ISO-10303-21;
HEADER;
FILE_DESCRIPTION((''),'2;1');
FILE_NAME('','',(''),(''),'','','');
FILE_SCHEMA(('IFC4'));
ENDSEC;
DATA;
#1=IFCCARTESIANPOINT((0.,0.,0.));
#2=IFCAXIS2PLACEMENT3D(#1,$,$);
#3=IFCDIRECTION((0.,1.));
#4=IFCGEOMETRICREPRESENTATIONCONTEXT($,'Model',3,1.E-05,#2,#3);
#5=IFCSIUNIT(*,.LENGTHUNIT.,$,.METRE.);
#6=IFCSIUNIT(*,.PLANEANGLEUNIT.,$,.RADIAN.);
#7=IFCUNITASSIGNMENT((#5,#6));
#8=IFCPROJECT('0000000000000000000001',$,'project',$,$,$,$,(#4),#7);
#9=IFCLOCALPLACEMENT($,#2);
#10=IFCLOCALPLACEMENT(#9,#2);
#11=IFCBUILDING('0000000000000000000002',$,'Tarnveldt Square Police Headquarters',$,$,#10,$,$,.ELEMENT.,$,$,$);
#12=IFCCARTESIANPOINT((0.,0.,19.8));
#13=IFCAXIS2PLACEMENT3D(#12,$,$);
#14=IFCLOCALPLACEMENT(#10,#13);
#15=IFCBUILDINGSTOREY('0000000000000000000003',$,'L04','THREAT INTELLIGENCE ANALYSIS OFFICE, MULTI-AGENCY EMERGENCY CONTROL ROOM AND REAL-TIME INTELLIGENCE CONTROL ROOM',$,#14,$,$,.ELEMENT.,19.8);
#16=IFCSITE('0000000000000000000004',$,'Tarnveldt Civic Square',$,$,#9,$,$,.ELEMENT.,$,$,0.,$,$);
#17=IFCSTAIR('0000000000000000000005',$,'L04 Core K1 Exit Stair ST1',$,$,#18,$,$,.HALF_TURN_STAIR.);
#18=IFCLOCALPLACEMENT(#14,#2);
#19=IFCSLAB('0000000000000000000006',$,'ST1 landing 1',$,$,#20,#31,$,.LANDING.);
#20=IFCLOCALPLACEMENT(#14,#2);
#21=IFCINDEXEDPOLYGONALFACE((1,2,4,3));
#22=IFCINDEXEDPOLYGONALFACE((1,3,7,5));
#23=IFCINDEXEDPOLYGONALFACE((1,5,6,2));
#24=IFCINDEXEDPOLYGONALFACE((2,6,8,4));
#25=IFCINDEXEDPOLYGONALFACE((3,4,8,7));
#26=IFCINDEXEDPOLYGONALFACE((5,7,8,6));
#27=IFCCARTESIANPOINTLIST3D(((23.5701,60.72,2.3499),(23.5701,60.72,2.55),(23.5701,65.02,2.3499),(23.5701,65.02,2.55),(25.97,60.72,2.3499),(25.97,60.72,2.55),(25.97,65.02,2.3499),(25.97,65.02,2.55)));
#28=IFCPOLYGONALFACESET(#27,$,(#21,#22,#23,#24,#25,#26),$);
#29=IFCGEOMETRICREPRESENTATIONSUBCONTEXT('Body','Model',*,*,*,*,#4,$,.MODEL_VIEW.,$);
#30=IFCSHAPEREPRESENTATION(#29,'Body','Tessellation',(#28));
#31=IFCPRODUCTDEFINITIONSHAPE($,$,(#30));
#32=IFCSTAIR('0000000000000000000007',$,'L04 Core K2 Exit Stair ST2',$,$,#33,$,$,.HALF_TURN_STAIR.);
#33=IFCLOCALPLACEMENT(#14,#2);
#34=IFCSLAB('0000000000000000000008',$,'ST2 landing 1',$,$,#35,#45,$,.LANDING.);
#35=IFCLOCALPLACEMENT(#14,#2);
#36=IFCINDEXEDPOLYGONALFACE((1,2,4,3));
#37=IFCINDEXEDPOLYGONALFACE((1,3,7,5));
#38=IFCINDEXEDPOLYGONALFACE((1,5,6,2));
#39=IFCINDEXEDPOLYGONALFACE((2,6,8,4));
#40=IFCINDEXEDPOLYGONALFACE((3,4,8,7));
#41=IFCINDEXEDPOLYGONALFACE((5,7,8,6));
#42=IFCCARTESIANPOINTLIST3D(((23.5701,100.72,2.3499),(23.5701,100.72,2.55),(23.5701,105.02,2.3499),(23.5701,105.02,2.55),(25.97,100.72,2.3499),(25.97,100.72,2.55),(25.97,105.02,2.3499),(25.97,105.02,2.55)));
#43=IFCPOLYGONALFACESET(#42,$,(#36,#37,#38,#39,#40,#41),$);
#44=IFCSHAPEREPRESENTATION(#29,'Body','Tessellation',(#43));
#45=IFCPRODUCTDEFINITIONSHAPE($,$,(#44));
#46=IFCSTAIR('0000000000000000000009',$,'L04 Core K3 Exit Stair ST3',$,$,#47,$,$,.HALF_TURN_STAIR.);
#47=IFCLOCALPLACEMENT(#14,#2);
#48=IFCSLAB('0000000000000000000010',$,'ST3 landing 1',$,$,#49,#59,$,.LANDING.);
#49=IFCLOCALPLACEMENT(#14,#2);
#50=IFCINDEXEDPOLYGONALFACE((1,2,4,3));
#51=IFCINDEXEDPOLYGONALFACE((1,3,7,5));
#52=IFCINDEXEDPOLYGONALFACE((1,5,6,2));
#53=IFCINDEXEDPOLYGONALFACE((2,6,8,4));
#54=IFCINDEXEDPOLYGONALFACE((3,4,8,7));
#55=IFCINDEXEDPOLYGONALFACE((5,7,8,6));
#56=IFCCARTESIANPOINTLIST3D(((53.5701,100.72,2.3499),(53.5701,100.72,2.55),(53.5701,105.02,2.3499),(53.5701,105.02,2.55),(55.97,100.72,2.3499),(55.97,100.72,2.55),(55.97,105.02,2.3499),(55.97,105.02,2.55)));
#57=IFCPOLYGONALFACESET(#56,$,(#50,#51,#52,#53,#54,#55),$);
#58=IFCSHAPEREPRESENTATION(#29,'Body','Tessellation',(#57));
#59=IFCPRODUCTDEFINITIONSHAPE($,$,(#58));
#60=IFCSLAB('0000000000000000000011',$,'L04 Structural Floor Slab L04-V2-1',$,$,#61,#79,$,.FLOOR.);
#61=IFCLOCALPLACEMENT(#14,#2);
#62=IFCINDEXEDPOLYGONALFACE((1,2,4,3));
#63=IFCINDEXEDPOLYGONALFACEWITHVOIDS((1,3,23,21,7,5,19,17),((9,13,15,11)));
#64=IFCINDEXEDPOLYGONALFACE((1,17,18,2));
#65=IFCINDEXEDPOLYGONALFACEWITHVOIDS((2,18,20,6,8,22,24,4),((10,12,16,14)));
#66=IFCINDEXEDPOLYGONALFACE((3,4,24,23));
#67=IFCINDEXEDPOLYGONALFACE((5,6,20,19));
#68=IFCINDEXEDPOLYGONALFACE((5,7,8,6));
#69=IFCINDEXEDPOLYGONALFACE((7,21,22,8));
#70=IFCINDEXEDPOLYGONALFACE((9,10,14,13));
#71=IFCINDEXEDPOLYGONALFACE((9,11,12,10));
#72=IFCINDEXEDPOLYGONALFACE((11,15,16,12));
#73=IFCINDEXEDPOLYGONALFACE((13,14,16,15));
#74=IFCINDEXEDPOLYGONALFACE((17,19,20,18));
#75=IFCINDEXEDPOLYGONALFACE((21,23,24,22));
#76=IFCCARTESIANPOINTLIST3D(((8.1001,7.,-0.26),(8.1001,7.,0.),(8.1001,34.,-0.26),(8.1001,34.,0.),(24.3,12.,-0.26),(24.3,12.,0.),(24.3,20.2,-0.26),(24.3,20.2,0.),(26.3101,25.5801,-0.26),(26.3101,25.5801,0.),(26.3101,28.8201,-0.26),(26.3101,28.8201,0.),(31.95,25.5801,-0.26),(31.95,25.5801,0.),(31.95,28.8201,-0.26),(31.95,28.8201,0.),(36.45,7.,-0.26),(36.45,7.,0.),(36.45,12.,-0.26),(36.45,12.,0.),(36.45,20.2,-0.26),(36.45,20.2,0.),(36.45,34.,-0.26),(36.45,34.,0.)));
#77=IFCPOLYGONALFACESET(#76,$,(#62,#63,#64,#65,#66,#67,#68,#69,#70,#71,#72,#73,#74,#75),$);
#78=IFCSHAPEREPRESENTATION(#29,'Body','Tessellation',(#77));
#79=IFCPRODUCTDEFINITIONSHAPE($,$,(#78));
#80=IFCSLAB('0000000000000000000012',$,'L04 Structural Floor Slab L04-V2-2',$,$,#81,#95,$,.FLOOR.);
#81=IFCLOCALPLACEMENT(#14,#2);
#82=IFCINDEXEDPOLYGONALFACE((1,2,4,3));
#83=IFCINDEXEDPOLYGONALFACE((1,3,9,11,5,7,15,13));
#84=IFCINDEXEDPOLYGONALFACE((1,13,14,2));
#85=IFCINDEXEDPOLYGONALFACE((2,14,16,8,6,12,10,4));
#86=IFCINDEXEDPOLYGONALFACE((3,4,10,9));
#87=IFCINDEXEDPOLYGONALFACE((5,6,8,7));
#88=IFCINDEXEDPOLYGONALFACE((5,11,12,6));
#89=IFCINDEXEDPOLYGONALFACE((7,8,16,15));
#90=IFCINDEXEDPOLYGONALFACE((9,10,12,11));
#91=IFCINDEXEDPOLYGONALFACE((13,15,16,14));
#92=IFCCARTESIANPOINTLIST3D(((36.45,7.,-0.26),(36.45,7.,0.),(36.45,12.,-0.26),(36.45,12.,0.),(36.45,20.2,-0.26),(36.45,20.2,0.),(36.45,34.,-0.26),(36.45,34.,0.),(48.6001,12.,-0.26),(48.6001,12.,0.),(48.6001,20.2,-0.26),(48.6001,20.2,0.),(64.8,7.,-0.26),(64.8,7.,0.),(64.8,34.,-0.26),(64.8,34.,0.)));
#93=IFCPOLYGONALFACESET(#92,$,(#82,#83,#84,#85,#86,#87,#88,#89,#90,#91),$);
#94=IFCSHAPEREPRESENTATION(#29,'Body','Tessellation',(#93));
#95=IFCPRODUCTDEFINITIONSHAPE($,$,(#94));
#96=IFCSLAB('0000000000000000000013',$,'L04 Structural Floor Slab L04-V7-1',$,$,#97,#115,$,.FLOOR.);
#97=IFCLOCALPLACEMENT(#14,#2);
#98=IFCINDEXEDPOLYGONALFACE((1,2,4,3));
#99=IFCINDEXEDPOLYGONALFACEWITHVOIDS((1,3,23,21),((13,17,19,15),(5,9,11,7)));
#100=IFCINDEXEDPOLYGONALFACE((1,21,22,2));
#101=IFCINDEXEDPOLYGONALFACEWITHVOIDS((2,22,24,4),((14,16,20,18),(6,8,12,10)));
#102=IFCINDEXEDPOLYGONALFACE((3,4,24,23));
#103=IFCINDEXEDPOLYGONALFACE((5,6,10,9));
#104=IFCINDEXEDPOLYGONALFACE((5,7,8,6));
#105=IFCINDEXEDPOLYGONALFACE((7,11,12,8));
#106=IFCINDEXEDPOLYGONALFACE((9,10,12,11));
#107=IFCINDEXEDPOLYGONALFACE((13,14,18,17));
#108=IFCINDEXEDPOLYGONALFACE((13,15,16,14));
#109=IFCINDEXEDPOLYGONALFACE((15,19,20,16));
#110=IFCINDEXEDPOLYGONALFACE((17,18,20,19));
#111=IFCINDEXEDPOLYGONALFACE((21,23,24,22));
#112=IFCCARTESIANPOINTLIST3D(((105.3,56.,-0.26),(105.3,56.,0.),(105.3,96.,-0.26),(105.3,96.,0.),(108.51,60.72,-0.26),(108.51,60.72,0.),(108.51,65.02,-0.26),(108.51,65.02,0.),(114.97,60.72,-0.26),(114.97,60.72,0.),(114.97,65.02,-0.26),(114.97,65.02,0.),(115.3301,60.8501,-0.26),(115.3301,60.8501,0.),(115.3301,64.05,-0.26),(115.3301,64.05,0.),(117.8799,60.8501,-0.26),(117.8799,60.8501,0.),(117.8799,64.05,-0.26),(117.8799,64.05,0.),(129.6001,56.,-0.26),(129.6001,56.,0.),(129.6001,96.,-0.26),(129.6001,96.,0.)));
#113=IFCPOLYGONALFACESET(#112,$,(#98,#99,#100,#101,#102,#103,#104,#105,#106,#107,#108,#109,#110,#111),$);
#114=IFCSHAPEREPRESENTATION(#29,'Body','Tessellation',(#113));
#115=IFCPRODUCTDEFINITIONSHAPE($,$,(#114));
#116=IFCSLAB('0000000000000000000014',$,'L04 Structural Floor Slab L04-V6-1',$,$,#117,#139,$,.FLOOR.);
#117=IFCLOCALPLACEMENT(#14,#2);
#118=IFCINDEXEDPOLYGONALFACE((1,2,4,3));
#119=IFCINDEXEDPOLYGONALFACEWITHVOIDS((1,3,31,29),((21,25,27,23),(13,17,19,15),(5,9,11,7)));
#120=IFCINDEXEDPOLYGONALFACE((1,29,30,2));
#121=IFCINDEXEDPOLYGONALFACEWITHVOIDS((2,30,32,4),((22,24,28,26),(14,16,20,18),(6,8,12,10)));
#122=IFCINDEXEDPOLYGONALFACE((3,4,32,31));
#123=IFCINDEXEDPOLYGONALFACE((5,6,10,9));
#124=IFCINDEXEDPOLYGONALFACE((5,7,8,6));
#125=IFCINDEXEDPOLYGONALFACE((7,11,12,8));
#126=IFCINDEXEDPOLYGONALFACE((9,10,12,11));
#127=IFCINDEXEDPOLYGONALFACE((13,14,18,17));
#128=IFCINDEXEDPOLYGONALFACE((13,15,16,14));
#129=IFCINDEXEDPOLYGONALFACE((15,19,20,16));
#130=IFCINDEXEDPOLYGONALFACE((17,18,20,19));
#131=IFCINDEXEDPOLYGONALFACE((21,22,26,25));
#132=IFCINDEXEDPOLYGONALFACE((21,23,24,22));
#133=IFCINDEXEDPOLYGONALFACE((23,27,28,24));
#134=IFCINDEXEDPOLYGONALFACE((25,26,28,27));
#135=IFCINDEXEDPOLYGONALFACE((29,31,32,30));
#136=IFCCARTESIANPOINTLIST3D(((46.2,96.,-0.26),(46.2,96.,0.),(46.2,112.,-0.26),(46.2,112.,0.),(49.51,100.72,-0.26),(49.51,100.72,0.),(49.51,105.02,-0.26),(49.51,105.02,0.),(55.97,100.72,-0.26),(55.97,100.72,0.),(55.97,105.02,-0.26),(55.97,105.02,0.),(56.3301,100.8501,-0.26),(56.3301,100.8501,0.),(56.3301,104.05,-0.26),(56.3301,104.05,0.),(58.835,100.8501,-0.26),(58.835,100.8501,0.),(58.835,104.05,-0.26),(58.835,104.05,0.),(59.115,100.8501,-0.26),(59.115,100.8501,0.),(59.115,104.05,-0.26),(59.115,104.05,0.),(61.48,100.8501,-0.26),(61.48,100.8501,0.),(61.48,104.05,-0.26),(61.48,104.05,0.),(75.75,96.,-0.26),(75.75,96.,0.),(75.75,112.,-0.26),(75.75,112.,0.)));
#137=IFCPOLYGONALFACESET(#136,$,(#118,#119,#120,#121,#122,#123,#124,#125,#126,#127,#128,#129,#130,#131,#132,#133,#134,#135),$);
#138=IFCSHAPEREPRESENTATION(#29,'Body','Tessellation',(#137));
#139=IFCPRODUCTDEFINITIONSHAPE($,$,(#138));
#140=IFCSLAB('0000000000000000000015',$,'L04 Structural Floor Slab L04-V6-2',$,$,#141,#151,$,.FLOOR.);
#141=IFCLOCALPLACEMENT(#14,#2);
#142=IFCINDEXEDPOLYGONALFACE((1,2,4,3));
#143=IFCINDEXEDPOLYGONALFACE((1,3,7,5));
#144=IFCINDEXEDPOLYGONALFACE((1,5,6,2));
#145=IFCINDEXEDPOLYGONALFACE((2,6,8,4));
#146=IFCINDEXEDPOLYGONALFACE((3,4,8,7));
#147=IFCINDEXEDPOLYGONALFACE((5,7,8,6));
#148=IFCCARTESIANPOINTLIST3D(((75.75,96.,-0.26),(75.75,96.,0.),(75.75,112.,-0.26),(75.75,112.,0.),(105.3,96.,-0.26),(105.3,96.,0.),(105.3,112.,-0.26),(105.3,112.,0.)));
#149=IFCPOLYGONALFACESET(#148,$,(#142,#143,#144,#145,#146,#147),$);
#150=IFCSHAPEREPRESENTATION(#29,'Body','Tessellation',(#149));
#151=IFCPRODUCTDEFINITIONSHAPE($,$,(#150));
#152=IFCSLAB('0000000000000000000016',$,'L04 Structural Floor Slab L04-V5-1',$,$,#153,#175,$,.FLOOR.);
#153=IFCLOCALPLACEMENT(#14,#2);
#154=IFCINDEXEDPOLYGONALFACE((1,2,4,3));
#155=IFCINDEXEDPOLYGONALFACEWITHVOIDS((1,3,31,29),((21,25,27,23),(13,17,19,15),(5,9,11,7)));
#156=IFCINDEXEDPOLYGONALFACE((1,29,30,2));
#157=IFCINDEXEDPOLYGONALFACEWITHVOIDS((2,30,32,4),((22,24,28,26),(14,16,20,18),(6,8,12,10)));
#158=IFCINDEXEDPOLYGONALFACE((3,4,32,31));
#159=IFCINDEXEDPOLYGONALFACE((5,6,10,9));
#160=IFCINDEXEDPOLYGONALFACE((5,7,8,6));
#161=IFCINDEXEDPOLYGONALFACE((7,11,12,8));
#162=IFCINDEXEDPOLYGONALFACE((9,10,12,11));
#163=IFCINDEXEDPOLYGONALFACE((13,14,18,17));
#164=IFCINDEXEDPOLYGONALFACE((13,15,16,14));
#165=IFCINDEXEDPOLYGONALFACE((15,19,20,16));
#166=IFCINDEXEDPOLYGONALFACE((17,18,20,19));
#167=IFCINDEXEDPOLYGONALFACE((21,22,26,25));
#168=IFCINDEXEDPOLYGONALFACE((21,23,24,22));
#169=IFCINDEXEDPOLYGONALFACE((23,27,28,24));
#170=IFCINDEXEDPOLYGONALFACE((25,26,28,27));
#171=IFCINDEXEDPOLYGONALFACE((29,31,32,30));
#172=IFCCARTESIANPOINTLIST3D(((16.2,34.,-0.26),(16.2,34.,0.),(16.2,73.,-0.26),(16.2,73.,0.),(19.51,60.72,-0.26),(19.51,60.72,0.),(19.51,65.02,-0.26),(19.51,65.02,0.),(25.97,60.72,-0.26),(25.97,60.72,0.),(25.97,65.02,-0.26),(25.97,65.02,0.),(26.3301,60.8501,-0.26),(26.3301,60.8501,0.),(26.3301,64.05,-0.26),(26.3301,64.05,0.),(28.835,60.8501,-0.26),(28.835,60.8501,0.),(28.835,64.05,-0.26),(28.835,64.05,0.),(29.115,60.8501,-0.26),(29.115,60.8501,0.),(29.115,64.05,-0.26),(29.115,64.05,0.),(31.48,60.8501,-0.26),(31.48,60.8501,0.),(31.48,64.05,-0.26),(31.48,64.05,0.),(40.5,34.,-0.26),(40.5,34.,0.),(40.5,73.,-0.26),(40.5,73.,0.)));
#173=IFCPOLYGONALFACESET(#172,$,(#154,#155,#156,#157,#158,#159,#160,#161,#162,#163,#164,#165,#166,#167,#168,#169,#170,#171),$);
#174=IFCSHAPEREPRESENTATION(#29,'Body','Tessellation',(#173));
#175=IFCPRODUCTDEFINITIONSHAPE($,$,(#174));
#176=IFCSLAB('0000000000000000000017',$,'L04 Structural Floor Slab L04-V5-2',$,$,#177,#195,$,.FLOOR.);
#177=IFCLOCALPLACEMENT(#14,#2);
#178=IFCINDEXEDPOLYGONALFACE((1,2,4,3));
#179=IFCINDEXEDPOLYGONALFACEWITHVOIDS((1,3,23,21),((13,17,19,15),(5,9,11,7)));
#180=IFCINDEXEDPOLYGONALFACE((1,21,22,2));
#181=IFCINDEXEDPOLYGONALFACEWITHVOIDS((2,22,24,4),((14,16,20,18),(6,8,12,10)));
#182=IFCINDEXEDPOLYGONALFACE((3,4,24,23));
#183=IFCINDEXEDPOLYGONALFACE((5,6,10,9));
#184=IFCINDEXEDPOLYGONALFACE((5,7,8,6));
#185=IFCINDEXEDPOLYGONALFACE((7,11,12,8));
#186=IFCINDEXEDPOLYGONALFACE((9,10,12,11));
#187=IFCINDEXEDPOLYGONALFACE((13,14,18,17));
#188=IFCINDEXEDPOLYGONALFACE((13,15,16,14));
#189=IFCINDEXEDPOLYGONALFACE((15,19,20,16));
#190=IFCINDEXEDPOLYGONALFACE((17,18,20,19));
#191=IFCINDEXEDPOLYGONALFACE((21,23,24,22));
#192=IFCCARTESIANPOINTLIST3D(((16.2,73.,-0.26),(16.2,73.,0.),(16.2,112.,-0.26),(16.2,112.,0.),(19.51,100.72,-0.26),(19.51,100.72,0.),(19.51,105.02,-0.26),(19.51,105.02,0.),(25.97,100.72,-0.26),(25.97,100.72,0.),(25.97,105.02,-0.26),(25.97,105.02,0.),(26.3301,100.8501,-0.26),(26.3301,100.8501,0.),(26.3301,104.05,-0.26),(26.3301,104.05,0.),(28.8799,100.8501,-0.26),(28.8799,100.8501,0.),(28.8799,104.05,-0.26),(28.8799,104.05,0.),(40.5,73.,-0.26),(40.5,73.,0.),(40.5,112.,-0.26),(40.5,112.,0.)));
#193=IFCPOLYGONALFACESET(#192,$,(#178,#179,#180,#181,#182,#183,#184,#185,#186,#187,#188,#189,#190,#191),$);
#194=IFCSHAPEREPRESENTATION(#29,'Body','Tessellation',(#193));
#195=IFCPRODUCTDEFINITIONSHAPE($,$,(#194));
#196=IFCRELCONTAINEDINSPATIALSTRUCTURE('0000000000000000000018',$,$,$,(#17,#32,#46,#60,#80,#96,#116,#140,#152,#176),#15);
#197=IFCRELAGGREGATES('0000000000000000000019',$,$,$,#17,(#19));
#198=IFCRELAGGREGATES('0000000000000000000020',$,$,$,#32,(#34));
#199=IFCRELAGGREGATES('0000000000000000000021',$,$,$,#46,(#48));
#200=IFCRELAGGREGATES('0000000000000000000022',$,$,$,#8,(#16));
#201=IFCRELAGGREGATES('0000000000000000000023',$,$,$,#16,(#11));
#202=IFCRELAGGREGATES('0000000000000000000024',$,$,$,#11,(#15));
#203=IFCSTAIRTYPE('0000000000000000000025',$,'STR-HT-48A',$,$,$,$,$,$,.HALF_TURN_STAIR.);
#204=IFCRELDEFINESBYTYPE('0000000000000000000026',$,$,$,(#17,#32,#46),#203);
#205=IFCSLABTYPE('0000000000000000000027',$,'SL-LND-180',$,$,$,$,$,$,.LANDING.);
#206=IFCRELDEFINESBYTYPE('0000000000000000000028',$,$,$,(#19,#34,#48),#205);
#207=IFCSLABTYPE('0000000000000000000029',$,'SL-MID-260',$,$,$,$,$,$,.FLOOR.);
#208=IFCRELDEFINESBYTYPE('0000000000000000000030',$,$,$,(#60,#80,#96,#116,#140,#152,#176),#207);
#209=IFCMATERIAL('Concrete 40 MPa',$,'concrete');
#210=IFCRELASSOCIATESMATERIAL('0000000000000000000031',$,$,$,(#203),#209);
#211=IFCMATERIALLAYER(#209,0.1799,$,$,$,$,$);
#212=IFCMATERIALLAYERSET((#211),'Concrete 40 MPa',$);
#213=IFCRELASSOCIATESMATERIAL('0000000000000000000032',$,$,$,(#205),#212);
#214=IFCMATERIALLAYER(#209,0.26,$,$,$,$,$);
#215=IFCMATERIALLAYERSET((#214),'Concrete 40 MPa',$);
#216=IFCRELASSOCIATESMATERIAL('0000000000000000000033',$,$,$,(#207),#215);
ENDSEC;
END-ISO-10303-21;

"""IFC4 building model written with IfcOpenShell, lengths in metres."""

from ifc_helpers import new_model, si_unit, direction, frame, origin, place, context, subcontext, project, spatial, polyline, outline, extrude, material, layer, layer_set, type_object, element, aggregate, save


model = new_model("IFC4")

# Units and contexts
model_context = context("Model", 3, precision=1e-05, world=origin(), true_north=direction((0.0, 1.0)))
body_context = subcontext(model_context, "Body", "Model", "MODEL_VIEW")
ifc_project = project(units=[si_unit("LENGTHUNIT", "METRE"), si_unit("PLANEANGLEUNIT", "RADIAN")], contexts=[model_context])

# Site, building, storey
site_placement = place(None, origin())
site = spatial("IfcSite", under=ifc_project, at=site_placement, Name="Tarnveldt Civic Square", CompositionType="ELEMENT", RefElevation=0.0)
building_placement = place(site_placement, origin())
building = spatial("IfcBuilding", under=site, at=building_placement, Name="Tarnveldt Square Police Headquarters", CompositionType="ELEMENT")
storey_placement = place(building_placement, frame((0.0, 0.0, 19.8)))
storey = spatial("IfcBuildingStorey", under=building, at=storey_placement, Name="L04", Description="THREAT INTELLIGENCE ANALYSIS OFFICE, MULTI-AGENCY EMERGENCY CONTROL ROOM AND REAL-TIME INTELLIGENCE CONTROL ROOM", CompositionType="ELEMENT", Elevation=19.8)

# Stairs, slabs
ifc_material_1 = material(Name="Concrete 40 MPa", Category="concrete")
stair_type = type_object("IfcStairType", Name="STR-HT-48A", PredefinedType="HALF_TURN_STAIR", material=ifc_material_1)
stair_1_placement = place(storey_placement, origin())
stair_1 = element("IfcStair", 1, at=stair_1_placement, inside=storey, type_object=stair_type, Name="L04 Core K1 Exit Stair ST1", PredefinedType="HALF_TURN_STAIR")
ifc_layer_1 = layer(ifc_material_1, 0.1799)
ifc_layer_set_1 = layer_set([ifc_layer_1], Name="Concrete 40 MPa")
slab_type_1 = type_object("IfcSlabType", Name="SL-LND-180", PredefinedType="LANDING", material=ifc_layer_set_1)
slab_1_placement = place(storey_placement, frame((0.0, 0.0, 2.3499)))
slab_1 = element("IfcSlab", 2, at=slab_1_placement, type_object=slab_type_1, Name="ST1 landing 1", PredefinedType="LANDING", context=body_context, shape_type="SweptSolid", body=[
    extrude(outline(polyline([(23.5701, 60.72), (25.97, 60.72), (25.97, 65.02), (23.5701, 65.02), (23.5701, 60.72)])), origin(), (0.0, 0.0, 1.0), 0.2002),
])
aggregate(stair_1, [slab_1])
stair_2_placement = place(storey_placement, origin())
stair_2 = element("IfcStair", 3, at=stair_2_placement, inside=storey, type_object=stair_type, Name="L04 Core K2 Exit Stair ST2", PredefinedType="HALF_TURN_STAIR")
slab_2_placement = place(storey_placement, frame((0.0, 0.0, 2.3499)))
slab_2 = element("IfcSlab", 4, at=slab_2_placement, type_object=slab_type_1, Name="ST2 landing 1", PredefinedType="LANDING", context=body_context, shape_type="SweptSolid", body=[
    extrude(outline(polyline([(23.5701, 100.72), (25.97, 100.72), (25.97, 105.02), (23.5701, 105.02), (23.5701, 100.72)])), origin(), (0.0, 0.0, 1.0), 0.2002),
])
aggregate(stair_2, [slab_2])
stair_3_placement = place(storey_placement, origin())
stair_3 = element("IfcStair", 5, at=stair_3_placement, inside=storey, type_object=stair_type, Name="L04 Core K3 Exit Stair ST3", PredefinedType="HALF_TURN_STAIR")
slab_3_placement = place(storey_placement, frame((0.0, 0.0, 2.3499)))
slab_3 = element("IfcSlab", 6, at=slab_3_placement, type_object=slab_type_1, Name="ST3 landing 1", PredefinedType="LANDING", context=body_context, shape_type="SweptSolid", body=[
    extrude(outline(polyline([(53.5701, 100.72), (55.97, 100.72), (55.97, 105.02), (53.5701, 105.02), (53.5701, 100.72)])), origin(), (0.0, 0.0, 1.0), 0.2002),
])
aggregate(stair_3, [slab_3])

# Slabs
ifc_layer_2 = layer(ifc_material_1, 0.26)
ifc_layer_set_2 = layer_set([ifc_layer_2], Name="Concrete 40 MPa")
slab_type_2 = type_object("IfcSlabType", Name="SL-MID-260", PredefinedType="FLOOR", material=ifc_layer_set_2)
slab_4_placement = place(storey_placement, frame((0.0, 0.0, -0.26)))
element("IfcSlab", 7, at=slab_4_placement, inside=storey, type_object=slab_type_2, Name="L04 Structural Floor Slab L04-V2-1", PredefinedType="FLOOR", context=body_context, shape_type="SweptSolid", body=[
    extrude(outline(polyline([(36.45, 34.0), (36.45, 20.2), (24.3, 20.2), (24.3, 12.0), (36.45, 12.0), (36.45, 7.0), (8.1001, 7.0), (8.1001, 34.0), (36.45, 34.0)]), holes=[polyline([(26.3101, 25.5801), (31.95, 25.5801), (31.95, 28.8201), (26.3101, 28.8201), (26.3101, 25.5801)])]), origin(), (0.0, 0.0, 1.0), 0.26),
])
slab_5_placement = place(storey_placement, frame((0.0, 0.0, -0.26)))
element("IfcSlab", 8, at=slab_5_placement, inside=storey, type_object=slab_type_2, Name="L04 Structural Floor Slab L04-V2-2", PredefinedType="FLOOR", context=body_context, shape_type="SweptSolid", body=[
    extrude(outline(polyline([(64.8, 34.0), (64.8, 7.0), (36.45, 7.0), (36.45, 12.0), (48.6001, 12.0), (48.6001, 20.2), (36.45, 20.2), (36.45, 34.0), (64.8, 34.0)])), origin(), (0.0, 0.0, 1.0), 0.26),
])
slab_6_placement = place(storey_placement, frame((0.0, 0.0, -0.26)))
element("IfcSlab", 9, at=slab_6_placement, inside=storey, type_object=slab_type_2, Name="L04 Structural Floor Slab L04-V7-1", PredefinedType="FLOOR", context=body_context, shape_type="SweptSolid", body=[
    extrude(outline(polyline([(129.6001, 96.0), (129.6001, 56.0), (105.3, 56.0), (105.3, 96.0), (129.6001, 96.0)]), holes=[polyline([(115.3301, 64.05), (115.3301, 60.8501), (117.8799, 60.8501), (117.8799, 64.05), (115.3301, 64.05)]), polyline([(108.51, 65.02), (108.51, 60.72), (114.97, 60.72), (114.97, 65.02), (108.51, 65.02)])]), origin(), (0.0, 0.0, 1.0), 0.26),
])
slab_7_placement = place(storey_placement, frame((0.0, 0.0, -0.26)))
element("IfcSlab", 10, at=slab_7_placement, inside=storey, type_object=slab_type_2, Name="L04 Structural Floor Slab L04-V6-1", PredefinedType="FLOOR", context=body_context, shape_type="SweptSolid", body=[
    extrude(outline(polyline([(75.75, 112.0), (75.75, 96.0), (46.2, 96.0), (46.2, 112.0), (75.75, 112.0)]), holes=[polyline([(56.3301, 100.8501), (58.835, 100.8501), (58.835, 104.05), (56.3301, 104.05), (56.3301, 100.8501)]), polyline([(59.115, 104.05), (59.115, 100.8501), (61.48, 100.8501), (61.48, 104.05), (59.115, 104.05)]), polyline([(49.51, 105.02), (49.51, 100.72), (55.97, 100.72), (55.97, 105.02), (49.51, 105.02)])]), origin(), (0.0, 0.0, 1.0), 0.26),
])
slab_8_placement = place(storey_placement, frame((0.0, 0.0, -0.26)))
element("IfcSlab", 11, at=slab_8_placement, inside=storey, type_object=slab_type_2, Name="L04 Structural Floor Slab L04-V6-2", PredefinedType="FLOOR", context=body_context, shape_type="SweptSolid", body=[
    extrude(outline(polyline([(105.3, 112.0), (105.3, 96.0), (75.75, 96.0), (75.75, 112.0), (105.3, 112.0)])), origin(), (0.0, 0.0, 1.0), 0.26),
])
slab_9_placement = place(storey_placement, frame((0.0, 0.0, -0.26)))
element("IfcSlab", 12, at=slab_9_placement, inside=storey, type_object=slab_type_2, Name="L04 Structural Floor Slab L04-V5-1", PredefinedType="FLOOR", context=body_context, shape_type="SweptSolid", body=[
    extrude(outline(polyline([(40.5, 34.0), (16.2, 34.0), (16.2, 73.0), (40.5, 73.0), (40.5, 34.0)]), holes=[polyline([(26.3301, 64.05), (26.3301, 60.8501), (28.835, 60.8501), (28.835, 64.05), (26.3301, 64.05)]), polyline([(29.115, 64.05), (29.115, 60.8501), (31.48, 60.8501), (31.48, 64.05), (29.115, 64.05)]), polyline([(19.51, 60.72), (25.97, 60.72), (25.97, 65.02), (19.51, 65.02), (19.51, 60.72)])]), origin(), (0.0, 0.0, 1.0), 0.26),
])
slab_10_placement = place(storey_placement, frame((0.0, 0.0, -0.26)))
element("IfcSlab", 13, at=slab_10_placement, inside=storey, type_object=slab_type_2, Name="L04 Structural Floor Slab L04-V5-2", PredefinedType="FLOOR", context=body_context, shape_type="SweptSolid", body=[
    extrude(outline(polyline([(40.5, 73.0), (16.2, 73.0), (16.2, 112.0), (40.5, 112.0), (40.5, 73.0)]), holes=[polyline([(26.3301, 104.05), (26.3301, 100.8501), (28.8799, 100.8501), (28.8799, 104.05), (26.3301, 104.05)]), polyline([(19.51, 105.02), (19.51, 100.72), (25.97, 100.72), (25.97, 105.02), (19.51, 105.02)])]), origin(), (0.0, 0.0, 1.0), 0.26),
])

save(model, "model.ifc")
